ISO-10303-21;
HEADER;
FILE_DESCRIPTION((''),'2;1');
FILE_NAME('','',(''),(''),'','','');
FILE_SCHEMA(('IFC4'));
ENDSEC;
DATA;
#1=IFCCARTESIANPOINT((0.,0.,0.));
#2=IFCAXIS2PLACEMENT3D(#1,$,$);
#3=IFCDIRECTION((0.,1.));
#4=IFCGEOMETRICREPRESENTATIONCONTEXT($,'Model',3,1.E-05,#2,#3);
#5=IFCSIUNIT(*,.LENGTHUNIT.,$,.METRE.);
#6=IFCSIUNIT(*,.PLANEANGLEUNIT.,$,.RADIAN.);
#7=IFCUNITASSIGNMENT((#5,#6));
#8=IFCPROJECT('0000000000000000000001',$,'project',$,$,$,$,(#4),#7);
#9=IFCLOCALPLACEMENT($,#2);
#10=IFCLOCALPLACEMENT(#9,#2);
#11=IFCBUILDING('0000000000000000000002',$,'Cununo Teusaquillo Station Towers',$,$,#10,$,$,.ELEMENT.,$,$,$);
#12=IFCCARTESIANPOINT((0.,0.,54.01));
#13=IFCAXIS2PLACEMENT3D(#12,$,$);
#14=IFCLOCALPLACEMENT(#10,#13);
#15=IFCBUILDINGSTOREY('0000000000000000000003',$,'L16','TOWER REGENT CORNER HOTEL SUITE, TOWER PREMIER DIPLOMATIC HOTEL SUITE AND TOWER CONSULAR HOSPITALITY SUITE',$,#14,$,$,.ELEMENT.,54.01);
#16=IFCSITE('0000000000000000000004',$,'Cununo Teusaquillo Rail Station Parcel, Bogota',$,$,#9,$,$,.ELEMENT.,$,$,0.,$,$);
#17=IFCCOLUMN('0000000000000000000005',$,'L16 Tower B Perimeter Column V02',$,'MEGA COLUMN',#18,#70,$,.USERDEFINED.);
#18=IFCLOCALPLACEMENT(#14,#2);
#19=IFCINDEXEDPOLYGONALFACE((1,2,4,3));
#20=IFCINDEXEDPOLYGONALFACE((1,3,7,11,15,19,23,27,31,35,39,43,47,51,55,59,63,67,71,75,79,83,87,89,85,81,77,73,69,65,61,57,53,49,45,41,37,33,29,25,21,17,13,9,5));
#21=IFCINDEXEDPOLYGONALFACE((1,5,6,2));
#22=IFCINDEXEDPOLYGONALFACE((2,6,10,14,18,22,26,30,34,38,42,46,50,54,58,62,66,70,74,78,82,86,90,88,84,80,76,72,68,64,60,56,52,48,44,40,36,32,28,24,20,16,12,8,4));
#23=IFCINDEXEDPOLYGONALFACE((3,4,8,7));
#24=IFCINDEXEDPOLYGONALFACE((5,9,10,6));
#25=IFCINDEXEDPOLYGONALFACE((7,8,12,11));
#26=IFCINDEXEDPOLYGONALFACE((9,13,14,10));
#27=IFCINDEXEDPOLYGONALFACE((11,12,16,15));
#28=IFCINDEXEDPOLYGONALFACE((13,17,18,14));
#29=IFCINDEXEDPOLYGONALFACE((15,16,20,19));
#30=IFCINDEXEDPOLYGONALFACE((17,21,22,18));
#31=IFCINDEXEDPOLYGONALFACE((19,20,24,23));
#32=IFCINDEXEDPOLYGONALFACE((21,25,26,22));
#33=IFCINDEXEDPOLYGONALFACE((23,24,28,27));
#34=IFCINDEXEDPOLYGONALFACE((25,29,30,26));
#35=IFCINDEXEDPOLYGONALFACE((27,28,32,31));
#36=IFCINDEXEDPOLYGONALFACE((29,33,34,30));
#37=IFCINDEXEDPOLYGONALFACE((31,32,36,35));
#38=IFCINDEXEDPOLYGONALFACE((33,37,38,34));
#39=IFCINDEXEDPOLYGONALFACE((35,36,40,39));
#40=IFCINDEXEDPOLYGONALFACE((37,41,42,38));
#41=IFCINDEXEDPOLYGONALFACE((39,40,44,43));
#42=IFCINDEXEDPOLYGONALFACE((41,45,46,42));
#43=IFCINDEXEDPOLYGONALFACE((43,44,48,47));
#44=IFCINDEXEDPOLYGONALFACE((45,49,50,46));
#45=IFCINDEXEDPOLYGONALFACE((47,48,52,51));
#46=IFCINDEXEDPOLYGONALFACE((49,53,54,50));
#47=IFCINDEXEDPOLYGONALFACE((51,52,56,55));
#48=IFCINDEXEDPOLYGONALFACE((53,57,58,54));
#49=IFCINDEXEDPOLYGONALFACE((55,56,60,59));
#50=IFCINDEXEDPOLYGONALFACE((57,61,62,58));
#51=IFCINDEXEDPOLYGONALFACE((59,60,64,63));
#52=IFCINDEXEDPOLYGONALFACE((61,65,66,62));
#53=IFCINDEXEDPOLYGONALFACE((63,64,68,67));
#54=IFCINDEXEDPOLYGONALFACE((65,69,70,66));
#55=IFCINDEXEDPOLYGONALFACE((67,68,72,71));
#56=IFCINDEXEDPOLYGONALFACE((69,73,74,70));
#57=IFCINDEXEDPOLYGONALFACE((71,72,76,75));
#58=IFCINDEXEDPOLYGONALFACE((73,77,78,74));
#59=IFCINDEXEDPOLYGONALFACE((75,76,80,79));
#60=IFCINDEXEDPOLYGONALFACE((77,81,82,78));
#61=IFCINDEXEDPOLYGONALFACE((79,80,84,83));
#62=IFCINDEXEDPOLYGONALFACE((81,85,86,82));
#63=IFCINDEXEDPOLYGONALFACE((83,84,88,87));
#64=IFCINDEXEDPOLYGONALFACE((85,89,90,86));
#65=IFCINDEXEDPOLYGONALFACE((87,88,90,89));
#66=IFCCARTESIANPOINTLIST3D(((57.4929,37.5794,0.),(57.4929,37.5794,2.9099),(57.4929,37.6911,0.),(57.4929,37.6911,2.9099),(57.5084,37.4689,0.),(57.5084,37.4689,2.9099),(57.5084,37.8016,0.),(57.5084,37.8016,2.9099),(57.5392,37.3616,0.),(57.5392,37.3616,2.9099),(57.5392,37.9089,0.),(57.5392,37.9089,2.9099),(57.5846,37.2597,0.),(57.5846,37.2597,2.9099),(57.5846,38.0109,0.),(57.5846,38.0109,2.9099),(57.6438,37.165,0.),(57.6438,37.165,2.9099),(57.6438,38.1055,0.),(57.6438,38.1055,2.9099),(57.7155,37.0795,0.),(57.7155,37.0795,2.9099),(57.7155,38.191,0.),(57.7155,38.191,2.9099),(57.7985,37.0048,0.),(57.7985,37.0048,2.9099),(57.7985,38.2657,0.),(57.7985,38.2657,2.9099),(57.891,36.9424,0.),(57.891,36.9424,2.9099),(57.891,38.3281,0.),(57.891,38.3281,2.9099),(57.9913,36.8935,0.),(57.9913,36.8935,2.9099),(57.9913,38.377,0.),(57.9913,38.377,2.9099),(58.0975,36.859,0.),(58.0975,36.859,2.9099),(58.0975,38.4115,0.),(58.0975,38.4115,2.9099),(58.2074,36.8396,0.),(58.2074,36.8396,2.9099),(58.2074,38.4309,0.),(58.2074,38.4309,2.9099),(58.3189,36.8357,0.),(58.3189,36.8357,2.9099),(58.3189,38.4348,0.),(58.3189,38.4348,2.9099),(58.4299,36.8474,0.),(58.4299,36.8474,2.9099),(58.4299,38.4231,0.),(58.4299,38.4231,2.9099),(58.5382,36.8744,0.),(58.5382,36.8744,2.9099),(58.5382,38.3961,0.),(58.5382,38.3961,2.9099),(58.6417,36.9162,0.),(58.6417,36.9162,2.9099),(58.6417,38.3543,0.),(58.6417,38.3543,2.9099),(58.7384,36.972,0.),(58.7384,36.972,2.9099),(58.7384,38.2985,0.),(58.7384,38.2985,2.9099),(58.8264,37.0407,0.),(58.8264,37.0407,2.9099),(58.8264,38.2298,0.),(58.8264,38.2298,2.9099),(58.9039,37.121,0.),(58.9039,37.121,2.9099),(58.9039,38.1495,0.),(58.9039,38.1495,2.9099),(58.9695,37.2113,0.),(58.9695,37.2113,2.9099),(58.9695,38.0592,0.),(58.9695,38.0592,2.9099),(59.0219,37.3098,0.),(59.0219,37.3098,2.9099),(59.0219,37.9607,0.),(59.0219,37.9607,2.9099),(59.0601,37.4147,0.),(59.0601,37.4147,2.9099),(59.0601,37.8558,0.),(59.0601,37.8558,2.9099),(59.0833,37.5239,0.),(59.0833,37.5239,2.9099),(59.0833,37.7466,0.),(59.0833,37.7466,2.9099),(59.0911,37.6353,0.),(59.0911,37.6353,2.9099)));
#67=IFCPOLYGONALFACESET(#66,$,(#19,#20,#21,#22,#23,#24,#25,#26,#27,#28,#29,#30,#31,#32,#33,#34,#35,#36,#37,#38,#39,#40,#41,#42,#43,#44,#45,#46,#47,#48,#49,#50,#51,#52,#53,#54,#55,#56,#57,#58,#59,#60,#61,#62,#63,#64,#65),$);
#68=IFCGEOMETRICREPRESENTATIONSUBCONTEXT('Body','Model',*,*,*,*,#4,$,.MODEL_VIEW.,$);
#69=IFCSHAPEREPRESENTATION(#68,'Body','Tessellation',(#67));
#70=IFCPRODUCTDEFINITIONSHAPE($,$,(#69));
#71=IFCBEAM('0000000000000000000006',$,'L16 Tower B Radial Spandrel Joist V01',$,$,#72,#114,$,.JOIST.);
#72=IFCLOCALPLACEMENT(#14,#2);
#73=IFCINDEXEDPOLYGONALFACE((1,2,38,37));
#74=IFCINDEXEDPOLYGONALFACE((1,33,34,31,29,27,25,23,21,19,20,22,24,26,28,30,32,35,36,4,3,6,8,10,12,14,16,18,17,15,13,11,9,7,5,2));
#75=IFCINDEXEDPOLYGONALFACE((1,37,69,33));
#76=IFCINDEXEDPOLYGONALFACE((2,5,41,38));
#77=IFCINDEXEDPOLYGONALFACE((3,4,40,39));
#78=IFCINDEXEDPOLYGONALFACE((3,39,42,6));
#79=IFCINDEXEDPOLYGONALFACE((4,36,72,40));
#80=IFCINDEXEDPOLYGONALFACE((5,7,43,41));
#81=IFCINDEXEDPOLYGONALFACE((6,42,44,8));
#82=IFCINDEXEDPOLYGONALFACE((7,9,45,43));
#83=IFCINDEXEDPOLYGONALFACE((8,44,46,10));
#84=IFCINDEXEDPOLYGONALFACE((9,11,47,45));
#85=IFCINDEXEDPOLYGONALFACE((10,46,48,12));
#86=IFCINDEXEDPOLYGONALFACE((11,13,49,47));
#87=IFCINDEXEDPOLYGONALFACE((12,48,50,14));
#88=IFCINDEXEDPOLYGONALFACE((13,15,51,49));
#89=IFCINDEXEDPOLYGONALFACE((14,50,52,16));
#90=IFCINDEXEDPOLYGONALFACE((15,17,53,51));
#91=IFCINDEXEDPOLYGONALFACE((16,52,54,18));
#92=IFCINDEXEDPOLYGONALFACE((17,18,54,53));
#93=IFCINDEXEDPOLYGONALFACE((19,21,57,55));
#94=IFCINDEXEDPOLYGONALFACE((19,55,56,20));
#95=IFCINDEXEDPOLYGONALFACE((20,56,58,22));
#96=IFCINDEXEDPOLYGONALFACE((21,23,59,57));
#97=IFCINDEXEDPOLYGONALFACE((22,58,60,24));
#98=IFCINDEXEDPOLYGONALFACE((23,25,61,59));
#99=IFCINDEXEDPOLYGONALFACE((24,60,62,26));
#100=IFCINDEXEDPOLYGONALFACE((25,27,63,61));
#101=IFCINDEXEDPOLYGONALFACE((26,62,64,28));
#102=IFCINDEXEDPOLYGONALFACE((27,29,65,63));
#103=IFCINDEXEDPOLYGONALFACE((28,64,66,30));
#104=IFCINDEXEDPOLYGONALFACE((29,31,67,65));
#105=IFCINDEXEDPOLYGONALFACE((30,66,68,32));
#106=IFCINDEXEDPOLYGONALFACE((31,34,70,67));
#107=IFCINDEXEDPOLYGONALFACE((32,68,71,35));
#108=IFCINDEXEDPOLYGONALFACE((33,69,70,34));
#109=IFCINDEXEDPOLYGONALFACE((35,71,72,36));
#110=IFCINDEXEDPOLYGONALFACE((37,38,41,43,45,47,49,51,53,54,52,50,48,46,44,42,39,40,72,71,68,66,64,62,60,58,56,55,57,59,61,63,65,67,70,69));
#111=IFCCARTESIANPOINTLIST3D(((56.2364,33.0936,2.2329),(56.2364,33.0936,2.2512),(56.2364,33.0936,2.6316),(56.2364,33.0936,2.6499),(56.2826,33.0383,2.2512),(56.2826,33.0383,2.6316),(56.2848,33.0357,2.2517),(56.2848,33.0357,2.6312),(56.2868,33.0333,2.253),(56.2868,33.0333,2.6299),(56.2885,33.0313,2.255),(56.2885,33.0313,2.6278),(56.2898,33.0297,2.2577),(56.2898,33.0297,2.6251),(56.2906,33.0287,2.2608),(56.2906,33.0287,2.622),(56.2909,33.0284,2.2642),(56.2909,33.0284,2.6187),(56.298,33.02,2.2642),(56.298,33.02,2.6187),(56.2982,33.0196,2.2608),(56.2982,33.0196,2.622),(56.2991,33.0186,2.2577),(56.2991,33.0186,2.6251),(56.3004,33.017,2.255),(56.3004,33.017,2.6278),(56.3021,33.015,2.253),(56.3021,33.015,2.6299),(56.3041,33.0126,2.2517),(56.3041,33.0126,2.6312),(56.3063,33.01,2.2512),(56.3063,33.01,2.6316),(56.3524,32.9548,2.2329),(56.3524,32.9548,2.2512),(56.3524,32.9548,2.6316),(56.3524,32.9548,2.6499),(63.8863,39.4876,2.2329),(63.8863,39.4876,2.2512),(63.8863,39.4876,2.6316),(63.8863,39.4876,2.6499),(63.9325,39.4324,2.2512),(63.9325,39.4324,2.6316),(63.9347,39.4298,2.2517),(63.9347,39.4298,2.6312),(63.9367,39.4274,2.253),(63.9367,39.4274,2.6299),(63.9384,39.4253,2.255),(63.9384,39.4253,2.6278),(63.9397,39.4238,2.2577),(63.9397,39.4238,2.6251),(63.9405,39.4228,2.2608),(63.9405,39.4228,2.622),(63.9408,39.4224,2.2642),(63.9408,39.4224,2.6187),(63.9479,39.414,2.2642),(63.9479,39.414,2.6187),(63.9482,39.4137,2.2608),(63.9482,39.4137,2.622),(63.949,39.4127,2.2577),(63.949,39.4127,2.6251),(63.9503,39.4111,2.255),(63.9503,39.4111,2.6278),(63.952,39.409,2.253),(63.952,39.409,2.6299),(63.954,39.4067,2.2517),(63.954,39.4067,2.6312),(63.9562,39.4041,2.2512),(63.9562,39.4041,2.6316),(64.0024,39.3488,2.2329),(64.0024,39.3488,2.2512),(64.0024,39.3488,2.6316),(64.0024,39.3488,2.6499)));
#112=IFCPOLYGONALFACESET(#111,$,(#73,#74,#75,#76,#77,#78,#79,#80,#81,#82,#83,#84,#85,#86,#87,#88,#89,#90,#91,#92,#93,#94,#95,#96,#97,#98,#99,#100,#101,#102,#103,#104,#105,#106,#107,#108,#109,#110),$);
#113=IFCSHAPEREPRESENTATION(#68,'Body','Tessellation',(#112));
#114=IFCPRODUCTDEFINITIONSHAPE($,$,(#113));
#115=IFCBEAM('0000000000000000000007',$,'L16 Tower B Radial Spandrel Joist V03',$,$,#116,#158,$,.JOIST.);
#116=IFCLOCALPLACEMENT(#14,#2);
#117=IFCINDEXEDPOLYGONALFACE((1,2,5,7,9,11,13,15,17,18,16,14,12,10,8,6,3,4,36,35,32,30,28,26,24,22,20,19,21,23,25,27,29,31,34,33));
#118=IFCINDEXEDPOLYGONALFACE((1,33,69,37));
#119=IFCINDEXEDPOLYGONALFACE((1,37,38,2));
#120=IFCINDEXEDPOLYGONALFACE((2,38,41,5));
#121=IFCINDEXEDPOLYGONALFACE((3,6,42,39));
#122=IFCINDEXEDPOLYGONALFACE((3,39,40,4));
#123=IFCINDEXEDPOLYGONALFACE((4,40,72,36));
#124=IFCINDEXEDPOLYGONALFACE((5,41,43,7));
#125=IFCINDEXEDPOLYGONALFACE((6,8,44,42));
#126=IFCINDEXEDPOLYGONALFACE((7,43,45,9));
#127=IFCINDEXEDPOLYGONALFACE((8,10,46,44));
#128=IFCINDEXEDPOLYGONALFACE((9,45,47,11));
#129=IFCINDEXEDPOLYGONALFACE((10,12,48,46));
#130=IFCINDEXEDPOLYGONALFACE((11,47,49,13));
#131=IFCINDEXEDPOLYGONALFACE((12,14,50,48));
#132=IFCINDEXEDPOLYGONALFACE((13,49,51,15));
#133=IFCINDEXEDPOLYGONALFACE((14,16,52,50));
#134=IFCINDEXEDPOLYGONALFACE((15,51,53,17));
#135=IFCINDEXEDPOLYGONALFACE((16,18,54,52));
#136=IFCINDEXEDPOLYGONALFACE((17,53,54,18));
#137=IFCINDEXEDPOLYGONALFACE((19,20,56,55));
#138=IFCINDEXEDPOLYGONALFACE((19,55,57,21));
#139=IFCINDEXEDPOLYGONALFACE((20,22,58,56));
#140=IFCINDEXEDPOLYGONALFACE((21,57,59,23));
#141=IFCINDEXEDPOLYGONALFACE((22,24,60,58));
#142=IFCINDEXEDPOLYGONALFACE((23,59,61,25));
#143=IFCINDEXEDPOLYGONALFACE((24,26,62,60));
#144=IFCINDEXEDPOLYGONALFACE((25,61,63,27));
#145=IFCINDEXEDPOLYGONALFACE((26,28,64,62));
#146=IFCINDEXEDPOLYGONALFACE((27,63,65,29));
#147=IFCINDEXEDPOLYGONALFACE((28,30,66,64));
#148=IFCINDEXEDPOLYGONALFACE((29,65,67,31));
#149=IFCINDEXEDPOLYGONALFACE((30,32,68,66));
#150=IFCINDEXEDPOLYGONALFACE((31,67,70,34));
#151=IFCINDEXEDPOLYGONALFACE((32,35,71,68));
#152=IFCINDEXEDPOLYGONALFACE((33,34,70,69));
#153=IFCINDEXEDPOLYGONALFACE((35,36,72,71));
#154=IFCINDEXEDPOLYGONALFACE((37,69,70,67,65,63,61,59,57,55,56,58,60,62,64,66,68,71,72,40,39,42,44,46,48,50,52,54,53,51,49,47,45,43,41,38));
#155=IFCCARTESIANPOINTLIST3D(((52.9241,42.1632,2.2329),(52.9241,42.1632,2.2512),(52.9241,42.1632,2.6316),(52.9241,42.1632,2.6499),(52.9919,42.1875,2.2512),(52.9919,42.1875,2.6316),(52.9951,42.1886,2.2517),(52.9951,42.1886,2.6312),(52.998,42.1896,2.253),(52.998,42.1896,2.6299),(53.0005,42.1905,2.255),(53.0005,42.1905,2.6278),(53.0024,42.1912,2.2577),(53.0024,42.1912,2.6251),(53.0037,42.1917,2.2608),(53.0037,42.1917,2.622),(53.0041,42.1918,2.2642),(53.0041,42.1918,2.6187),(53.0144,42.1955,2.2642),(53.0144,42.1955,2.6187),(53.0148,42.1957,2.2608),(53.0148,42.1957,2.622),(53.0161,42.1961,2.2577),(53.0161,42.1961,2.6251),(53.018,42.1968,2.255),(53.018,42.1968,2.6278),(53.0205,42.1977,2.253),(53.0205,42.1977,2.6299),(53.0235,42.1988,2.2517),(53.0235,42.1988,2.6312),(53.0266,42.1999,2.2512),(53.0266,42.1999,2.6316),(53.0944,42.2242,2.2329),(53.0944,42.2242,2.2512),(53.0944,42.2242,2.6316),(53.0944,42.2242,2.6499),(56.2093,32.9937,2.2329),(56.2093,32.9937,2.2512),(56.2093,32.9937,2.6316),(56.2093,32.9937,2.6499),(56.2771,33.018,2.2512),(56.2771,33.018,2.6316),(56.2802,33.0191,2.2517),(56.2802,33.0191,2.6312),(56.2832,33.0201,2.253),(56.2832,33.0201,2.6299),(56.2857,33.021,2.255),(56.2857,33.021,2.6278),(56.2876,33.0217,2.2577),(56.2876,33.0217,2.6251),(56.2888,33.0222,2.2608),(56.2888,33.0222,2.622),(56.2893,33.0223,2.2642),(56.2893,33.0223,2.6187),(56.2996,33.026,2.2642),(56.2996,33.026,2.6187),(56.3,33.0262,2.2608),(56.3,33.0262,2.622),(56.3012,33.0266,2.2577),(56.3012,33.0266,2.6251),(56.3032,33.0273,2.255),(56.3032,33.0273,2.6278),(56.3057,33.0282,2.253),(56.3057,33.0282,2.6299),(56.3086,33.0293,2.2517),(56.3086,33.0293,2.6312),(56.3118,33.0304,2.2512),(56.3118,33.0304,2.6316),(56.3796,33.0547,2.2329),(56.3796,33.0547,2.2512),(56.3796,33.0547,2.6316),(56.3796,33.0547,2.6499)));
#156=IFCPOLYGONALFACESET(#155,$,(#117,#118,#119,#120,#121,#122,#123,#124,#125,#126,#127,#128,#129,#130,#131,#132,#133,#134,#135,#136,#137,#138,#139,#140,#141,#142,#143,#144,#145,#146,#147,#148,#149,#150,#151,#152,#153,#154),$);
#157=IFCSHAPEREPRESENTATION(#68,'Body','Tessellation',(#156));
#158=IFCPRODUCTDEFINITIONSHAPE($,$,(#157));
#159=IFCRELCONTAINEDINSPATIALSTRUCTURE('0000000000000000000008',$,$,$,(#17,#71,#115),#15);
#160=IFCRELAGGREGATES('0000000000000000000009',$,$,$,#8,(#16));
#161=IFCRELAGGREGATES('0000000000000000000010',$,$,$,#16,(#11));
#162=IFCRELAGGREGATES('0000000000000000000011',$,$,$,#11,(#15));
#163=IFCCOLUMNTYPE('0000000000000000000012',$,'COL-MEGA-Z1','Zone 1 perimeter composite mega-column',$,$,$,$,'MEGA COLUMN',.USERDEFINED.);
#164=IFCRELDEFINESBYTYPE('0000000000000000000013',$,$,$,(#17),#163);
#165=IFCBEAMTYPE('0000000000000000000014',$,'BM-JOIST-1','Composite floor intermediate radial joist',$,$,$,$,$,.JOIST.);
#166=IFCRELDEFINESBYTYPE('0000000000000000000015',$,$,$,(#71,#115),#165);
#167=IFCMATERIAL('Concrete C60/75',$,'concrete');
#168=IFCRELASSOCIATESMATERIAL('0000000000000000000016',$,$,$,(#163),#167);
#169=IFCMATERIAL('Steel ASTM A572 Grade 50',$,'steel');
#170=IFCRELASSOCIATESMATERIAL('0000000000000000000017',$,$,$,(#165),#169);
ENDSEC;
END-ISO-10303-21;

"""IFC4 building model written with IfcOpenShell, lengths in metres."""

from ifc_helpers import new_model, si_unit, direction, frame, origin, origin_2d, place, context, subcontext, project, spatial, circle, i_section, extrude, material, material_profile, profile_set, type_object, element, save


model = new_model("IFC4")

# Units and contexts
model_context = context("Model", 3, precision=1e-05, world=origin(), true_north=direction((0.0, 1.0)))
body_context = subcontext(model_context, "Body", "Model", "MODEL_VIEW")
ifc_project = project(units=[si_unit("LENGTHUNIT", "METRE"), si_unit("PLANEANGLEUNIT", "RADIAN")], contexts=[model_context])

# Site, building, storey
site_placement = place(None, origin())
site = spatial("IfcSite", under=ifc_project, at=site_placement, Name="Cununo Teusaquillo Rail Station Parcel, Bogota", CompositionType="ELEMENT", RefElevation=0.0)
building_placement = place(site_placement, origin())
building = spatial("IfcBuilding", under=site, at=building_placement, Name="Cununo Teusaquillo Station Towers", CompositionType="ELEMENT")
storey_placement = place(building_placement, frame((0.0, 0.0, 54.01)))
storey = spatial("IfcBuildingStorey", under=building, at=storey_placement, Name="L16", Description="TOWER REGENT CORNER HOTEL SUITE, TOWER PREMIER DIPLOMATIC HOTEL SUITE AND TOWER CONSULAR HOSPITALITY SUITE", CompositionType="ELEMENT", Elevation=54.01)

# Column
ifc_material_1 = material(Name="Concrete C60/75", Category="concrete")
ifc_material_profile_1 = material_profile(ifc_material_1, circle(Radius=0.8, at=origin_2d()), Name="RC-CIRC-1600")
ifc_profile_set_1 = profile_set([ifc_material_profile_1], Name="Concrete C60/75")
column_type = type_object("IfcColumnType", Name="COL-MEGA-Z1", Description="Zone 1 perimeter composite mega-column", ElementType="MEGA COLUMN", PredefinedType="USERDEFINED", material=ifc_profile_set_1)
column_placement = place(storey_placement, frame((58.291, 37.6353, 0.0), z_axis=(0.0, 0.0, 1.0), x_axis=(1.0, 0.0, 0.0)))
element("IfcColumn", 1, at=column_placement, inside=storey, type_object=column_type, Name="L16 Tower B Perimeter Column V02", ObjectType="MEGA COLUMN", PredefinedType="USERDEFINED", context=body_context, shape_type="SweptSolid", body=[
    extrude(circle(Radius=0.8, at=origin_2d()), origin(), (0.0, 0.0, 1.0), 2.9099),
])

# Beams
ifc_material_2 = material(Name="Steel ASTM A572 Grade 50", Category="steel")
ifc_material_profile_2 = material_profile(ifc_material_2, i_section(OverallWidth=0.1809, OverallDepth=0.417, WebThickness=0.011, FlangeThickness=0.0183, FilletRadius=0.0129, at=origin_2d()), Name="W16X57")
ifc_profile_set_2 = profile_set([ifc_material_profile_2], Name="Steel ASTM A572 Grade 50")
beam_type_1 = type_object("IfcBeamType", Name="BM-JOIST-1", Description="Composite floor intermediate radial joist", PredefinedType="JOIST", material=ifc_profile_set_2)
beam_1_placement = place(storey_placement, frame((56.2944, 33.0242, 2.4414), z_axis=(0.767277, 0.641316, 0.0), x_axis=(-0.641316, 0.767277, 0.0)))
element("IfcBeam", 2, at=beam_1_placement, inside=storey, type_object=beam_type_1, Name="L16 Tower B Radial Spandrel Joist V01", PredefinedType="JOIST", context=body_context, shape_type="SweptSolid", body=[
    extrude(i_section(OverallWidth=0.1809, OverallDepth=0.417, WebThickness=0.011, FlangeThickness=0.0183, FilletRadius=0.0129, at=origin_2d()), origin(), (0.0, 0.0, 1.0), 9.9702),
])
beam_2_placement = place(storey_placement, frame((56.2944, 33.0242, 2.4414), z_axis=(-0.337279, 0.941405, 0.0), x_axis=(-0.941405, -0.337279, 0.0)))
element("IfcBeam", 3, at=beam_2_placement, inside=storey, type_object=beam_type_1, Name="L16 Tower B Radial Spandrel Joist V03", PredefinedType="JOIST", context=body_context, shape_type="SweptSolid", body=[
    extrude(i_section(OverallWidth=0.1809, OverallDepth=0.417, WebThickness=0.011, FlangeThickness=0.0183, FilletRadius=0.0129, at=origin_2d()), origin(), (0.0, 0.0, 1.0), 9.7402),
])

save(model, "model.ifc")
